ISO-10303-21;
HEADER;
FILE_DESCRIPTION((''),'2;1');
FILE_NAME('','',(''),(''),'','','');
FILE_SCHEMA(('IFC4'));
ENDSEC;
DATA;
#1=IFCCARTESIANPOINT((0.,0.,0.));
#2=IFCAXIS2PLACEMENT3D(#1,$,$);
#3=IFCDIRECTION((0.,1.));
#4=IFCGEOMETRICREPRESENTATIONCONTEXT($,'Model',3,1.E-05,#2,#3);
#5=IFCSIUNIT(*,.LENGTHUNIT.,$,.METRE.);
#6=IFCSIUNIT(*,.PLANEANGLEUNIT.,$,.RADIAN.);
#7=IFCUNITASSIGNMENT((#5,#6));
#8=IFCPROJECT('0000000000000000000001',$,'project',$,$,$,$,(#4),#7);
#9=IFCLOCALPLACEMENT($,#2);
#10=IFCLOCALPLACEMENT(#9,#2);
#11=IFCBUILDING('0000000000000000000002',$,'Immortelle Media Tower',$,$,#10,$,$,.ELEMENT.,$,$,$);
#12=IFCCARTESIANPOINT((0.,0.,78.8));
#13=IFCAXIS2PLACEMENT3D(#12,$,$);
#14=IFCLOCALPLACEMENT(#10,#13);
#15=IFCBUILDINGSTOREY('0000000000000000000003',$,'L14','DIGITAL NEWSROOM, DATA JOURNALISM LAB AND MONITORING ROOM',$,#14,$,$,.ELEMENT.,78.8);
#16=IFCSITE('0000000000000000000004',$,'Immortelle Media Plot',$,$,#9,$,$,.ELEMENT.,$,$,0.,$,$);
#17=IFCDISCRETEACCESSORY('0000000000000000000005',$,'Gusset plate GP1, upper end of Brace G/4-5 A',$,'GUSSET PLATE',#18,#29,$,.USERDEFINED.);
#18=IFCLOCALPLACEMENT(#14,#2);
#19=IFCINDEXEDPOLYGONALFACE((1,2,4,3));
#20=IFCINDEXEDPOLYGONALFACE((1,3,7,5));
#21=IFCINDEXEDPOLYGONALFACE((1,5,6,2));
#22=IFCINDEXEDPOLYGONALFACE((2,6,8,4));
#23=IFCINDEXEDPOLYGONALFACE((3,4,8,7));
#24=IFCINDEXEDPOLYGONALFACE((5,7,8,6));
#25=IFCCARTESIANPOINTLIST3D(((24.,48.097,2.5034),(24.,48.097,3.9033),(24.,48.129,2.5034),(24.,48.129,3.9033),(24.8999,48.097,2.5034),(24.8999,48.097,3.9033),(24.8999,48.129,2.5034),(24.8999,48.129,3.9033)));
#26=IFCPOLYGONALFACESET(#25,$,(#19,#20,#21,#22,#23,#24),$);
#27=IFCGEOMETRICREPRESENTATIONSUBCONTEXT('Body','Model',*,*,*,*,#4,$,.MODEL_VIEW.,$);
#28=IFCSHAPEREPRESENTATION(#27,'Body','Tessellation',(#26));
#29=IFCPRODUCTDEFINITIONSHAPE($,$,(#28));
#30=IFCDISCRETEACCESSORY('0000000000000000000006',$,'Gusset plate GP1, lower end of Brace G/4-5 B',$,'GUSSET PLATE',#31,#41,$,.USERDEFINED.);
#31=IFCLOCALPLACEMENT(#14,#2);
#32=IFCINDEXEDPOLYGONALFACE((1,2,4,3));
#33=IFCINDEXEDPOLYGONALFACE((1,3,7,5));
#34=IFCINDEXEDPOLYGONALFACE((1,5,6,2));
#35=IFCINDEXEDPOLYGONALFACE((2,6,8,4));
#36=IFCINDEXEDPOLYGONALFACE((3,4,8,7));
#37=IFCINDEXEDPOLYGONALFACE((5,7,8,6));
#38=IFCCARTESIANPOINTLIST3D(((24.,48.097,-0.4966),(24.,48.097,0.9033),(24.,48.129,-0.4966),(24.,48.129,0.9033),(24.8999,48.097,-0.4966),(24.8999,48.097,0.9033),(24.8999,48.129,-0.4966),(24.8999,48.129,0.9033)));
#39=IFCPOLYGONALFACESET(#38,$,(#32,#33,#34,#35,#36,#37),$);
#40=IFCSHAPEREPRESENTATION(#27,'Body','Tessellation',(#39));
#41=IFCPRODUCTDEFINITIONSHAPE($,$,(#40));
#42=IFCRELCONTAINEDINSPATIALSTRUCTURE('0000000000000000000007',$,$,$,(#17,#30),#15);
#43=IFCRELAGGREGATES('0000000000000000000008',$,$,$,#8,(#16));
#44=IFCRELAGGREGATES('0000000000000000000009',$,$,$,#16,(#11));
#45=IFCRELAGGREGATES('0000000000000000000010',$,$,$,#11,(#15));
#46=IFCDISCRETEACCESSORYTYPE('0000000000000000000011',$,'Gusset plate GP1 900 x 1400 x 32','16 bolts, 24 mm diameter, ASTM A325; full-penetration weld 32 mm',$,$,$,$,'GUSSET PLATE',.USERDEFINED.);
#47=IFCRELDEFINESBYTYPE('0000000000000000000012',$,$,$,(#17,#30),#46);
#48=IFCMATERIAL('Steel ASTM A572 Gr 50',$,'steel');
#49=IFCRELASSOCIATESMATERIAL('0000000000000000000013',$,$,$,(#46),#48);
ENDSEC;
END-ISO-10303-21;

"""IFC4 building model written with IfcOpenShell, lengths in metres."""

from ifc_helpers import new_model, si_unit, direction, frame, origin, origin_2d, place, context, subcontext, project, spatial, rectangle, extrude, material, material_profile, profile_set, type_object, element, save


model = new_model("IFC4")

# Units and contexts
model_context = context("Model", 3, precision=1e-05, world=origin(), true_north=direction((0.0, 1.0)))
body_context = subcontext(model_context, "Body", "Model", "MODEL_VIEW")
ifc_project = project(units=[si_unit("LENGTHUNIT", "METRE"), si_unit("PLANEANGLEUNIT", "RADIAN")], contexts=[model_context])

# Site, building, storey
site_placement = place(None, origin())
site = spatial("IfcSite", under=ifc_project, at=site_placement, Name="Immortelle Media Plot", CompositionType="ELEMENT", RefElevation=0.0)
building_placement = place(site_placement, origin())
building = spatial("IfcBuilding", under=site, at=building_placement, Name="Immortelle Media Tower", CompositionType="ELEMENT")
storey_placement = place(building_placement, frame((0.0, 0.0, 78.8)))
storey = spatial("IfcBuildingStorey", under=building, at=storey_placement, Name="L14", Description="DIGITAL NEWSROOM, DATA JOURNALISM LAB AND MONITORING ROOM", CompositionType="ELEMENT", Elevation=78.8)

# Discrete accessories
ifc_material_1 = material(Name="Steel ASTM A572 Gr 50", Category="steel")
ifc_material_profile_1 = material_profile(ifc_material_1, rectangle(XDim=0.032, YDim=1.3999, at=origin_2d()), Name="PL 32 x 1400")
ifc_profile_set_1 = profile_set([ifc_material_profile_1], Name="Steel ASTM A572 Gr 50")
discrete_accessory_type = type_object("IfcDiscreteAccessoryType", Name="Gusset plate GP1 900 x 1400 x 32", Description="16 bolts, 24 mm diameter, ASTM A325; full-penetration weld 32 mm", ElementType="GUSSET PLATE", PredefinedType="USERDEFINED", material=ifc_profile_set_1)
for number, where, z_axis, x_axis, name in (
    (1, (24.0, 48.113, 3.2034), (1.0, 0.0, 0.0), (0.0, 1.0, 0.0), "Gusset plate GP1, upper end of Brace G/4-5 A"),
    (2, (24.0, 48.113, 0.2034), (1.0, 0.0, 0.0), (0.0, 1.0, 0.0), "Gusset plate GP1, lower end of Brace G/4-5 B"),
):
    element("IfcDiscreteAccessory", number, at=place(storey_placement, frame(where, z_axis=z_axis, x_axis=x_axis)), inside=storey, type_object=discrete_accessory_type, Name=name, ObjectType="GUSSET PLATE", PredefinedType="USERDEFINED", context=body_context, shape_type="SweptSolid", body=[
        extrude(rectangle(XDim=0.032, YDim=1.3999, at=origin_2d()), origin(), (0.0, 0.0, 1.0), 0.8999),
    ])

save(model, "model.ifc")
